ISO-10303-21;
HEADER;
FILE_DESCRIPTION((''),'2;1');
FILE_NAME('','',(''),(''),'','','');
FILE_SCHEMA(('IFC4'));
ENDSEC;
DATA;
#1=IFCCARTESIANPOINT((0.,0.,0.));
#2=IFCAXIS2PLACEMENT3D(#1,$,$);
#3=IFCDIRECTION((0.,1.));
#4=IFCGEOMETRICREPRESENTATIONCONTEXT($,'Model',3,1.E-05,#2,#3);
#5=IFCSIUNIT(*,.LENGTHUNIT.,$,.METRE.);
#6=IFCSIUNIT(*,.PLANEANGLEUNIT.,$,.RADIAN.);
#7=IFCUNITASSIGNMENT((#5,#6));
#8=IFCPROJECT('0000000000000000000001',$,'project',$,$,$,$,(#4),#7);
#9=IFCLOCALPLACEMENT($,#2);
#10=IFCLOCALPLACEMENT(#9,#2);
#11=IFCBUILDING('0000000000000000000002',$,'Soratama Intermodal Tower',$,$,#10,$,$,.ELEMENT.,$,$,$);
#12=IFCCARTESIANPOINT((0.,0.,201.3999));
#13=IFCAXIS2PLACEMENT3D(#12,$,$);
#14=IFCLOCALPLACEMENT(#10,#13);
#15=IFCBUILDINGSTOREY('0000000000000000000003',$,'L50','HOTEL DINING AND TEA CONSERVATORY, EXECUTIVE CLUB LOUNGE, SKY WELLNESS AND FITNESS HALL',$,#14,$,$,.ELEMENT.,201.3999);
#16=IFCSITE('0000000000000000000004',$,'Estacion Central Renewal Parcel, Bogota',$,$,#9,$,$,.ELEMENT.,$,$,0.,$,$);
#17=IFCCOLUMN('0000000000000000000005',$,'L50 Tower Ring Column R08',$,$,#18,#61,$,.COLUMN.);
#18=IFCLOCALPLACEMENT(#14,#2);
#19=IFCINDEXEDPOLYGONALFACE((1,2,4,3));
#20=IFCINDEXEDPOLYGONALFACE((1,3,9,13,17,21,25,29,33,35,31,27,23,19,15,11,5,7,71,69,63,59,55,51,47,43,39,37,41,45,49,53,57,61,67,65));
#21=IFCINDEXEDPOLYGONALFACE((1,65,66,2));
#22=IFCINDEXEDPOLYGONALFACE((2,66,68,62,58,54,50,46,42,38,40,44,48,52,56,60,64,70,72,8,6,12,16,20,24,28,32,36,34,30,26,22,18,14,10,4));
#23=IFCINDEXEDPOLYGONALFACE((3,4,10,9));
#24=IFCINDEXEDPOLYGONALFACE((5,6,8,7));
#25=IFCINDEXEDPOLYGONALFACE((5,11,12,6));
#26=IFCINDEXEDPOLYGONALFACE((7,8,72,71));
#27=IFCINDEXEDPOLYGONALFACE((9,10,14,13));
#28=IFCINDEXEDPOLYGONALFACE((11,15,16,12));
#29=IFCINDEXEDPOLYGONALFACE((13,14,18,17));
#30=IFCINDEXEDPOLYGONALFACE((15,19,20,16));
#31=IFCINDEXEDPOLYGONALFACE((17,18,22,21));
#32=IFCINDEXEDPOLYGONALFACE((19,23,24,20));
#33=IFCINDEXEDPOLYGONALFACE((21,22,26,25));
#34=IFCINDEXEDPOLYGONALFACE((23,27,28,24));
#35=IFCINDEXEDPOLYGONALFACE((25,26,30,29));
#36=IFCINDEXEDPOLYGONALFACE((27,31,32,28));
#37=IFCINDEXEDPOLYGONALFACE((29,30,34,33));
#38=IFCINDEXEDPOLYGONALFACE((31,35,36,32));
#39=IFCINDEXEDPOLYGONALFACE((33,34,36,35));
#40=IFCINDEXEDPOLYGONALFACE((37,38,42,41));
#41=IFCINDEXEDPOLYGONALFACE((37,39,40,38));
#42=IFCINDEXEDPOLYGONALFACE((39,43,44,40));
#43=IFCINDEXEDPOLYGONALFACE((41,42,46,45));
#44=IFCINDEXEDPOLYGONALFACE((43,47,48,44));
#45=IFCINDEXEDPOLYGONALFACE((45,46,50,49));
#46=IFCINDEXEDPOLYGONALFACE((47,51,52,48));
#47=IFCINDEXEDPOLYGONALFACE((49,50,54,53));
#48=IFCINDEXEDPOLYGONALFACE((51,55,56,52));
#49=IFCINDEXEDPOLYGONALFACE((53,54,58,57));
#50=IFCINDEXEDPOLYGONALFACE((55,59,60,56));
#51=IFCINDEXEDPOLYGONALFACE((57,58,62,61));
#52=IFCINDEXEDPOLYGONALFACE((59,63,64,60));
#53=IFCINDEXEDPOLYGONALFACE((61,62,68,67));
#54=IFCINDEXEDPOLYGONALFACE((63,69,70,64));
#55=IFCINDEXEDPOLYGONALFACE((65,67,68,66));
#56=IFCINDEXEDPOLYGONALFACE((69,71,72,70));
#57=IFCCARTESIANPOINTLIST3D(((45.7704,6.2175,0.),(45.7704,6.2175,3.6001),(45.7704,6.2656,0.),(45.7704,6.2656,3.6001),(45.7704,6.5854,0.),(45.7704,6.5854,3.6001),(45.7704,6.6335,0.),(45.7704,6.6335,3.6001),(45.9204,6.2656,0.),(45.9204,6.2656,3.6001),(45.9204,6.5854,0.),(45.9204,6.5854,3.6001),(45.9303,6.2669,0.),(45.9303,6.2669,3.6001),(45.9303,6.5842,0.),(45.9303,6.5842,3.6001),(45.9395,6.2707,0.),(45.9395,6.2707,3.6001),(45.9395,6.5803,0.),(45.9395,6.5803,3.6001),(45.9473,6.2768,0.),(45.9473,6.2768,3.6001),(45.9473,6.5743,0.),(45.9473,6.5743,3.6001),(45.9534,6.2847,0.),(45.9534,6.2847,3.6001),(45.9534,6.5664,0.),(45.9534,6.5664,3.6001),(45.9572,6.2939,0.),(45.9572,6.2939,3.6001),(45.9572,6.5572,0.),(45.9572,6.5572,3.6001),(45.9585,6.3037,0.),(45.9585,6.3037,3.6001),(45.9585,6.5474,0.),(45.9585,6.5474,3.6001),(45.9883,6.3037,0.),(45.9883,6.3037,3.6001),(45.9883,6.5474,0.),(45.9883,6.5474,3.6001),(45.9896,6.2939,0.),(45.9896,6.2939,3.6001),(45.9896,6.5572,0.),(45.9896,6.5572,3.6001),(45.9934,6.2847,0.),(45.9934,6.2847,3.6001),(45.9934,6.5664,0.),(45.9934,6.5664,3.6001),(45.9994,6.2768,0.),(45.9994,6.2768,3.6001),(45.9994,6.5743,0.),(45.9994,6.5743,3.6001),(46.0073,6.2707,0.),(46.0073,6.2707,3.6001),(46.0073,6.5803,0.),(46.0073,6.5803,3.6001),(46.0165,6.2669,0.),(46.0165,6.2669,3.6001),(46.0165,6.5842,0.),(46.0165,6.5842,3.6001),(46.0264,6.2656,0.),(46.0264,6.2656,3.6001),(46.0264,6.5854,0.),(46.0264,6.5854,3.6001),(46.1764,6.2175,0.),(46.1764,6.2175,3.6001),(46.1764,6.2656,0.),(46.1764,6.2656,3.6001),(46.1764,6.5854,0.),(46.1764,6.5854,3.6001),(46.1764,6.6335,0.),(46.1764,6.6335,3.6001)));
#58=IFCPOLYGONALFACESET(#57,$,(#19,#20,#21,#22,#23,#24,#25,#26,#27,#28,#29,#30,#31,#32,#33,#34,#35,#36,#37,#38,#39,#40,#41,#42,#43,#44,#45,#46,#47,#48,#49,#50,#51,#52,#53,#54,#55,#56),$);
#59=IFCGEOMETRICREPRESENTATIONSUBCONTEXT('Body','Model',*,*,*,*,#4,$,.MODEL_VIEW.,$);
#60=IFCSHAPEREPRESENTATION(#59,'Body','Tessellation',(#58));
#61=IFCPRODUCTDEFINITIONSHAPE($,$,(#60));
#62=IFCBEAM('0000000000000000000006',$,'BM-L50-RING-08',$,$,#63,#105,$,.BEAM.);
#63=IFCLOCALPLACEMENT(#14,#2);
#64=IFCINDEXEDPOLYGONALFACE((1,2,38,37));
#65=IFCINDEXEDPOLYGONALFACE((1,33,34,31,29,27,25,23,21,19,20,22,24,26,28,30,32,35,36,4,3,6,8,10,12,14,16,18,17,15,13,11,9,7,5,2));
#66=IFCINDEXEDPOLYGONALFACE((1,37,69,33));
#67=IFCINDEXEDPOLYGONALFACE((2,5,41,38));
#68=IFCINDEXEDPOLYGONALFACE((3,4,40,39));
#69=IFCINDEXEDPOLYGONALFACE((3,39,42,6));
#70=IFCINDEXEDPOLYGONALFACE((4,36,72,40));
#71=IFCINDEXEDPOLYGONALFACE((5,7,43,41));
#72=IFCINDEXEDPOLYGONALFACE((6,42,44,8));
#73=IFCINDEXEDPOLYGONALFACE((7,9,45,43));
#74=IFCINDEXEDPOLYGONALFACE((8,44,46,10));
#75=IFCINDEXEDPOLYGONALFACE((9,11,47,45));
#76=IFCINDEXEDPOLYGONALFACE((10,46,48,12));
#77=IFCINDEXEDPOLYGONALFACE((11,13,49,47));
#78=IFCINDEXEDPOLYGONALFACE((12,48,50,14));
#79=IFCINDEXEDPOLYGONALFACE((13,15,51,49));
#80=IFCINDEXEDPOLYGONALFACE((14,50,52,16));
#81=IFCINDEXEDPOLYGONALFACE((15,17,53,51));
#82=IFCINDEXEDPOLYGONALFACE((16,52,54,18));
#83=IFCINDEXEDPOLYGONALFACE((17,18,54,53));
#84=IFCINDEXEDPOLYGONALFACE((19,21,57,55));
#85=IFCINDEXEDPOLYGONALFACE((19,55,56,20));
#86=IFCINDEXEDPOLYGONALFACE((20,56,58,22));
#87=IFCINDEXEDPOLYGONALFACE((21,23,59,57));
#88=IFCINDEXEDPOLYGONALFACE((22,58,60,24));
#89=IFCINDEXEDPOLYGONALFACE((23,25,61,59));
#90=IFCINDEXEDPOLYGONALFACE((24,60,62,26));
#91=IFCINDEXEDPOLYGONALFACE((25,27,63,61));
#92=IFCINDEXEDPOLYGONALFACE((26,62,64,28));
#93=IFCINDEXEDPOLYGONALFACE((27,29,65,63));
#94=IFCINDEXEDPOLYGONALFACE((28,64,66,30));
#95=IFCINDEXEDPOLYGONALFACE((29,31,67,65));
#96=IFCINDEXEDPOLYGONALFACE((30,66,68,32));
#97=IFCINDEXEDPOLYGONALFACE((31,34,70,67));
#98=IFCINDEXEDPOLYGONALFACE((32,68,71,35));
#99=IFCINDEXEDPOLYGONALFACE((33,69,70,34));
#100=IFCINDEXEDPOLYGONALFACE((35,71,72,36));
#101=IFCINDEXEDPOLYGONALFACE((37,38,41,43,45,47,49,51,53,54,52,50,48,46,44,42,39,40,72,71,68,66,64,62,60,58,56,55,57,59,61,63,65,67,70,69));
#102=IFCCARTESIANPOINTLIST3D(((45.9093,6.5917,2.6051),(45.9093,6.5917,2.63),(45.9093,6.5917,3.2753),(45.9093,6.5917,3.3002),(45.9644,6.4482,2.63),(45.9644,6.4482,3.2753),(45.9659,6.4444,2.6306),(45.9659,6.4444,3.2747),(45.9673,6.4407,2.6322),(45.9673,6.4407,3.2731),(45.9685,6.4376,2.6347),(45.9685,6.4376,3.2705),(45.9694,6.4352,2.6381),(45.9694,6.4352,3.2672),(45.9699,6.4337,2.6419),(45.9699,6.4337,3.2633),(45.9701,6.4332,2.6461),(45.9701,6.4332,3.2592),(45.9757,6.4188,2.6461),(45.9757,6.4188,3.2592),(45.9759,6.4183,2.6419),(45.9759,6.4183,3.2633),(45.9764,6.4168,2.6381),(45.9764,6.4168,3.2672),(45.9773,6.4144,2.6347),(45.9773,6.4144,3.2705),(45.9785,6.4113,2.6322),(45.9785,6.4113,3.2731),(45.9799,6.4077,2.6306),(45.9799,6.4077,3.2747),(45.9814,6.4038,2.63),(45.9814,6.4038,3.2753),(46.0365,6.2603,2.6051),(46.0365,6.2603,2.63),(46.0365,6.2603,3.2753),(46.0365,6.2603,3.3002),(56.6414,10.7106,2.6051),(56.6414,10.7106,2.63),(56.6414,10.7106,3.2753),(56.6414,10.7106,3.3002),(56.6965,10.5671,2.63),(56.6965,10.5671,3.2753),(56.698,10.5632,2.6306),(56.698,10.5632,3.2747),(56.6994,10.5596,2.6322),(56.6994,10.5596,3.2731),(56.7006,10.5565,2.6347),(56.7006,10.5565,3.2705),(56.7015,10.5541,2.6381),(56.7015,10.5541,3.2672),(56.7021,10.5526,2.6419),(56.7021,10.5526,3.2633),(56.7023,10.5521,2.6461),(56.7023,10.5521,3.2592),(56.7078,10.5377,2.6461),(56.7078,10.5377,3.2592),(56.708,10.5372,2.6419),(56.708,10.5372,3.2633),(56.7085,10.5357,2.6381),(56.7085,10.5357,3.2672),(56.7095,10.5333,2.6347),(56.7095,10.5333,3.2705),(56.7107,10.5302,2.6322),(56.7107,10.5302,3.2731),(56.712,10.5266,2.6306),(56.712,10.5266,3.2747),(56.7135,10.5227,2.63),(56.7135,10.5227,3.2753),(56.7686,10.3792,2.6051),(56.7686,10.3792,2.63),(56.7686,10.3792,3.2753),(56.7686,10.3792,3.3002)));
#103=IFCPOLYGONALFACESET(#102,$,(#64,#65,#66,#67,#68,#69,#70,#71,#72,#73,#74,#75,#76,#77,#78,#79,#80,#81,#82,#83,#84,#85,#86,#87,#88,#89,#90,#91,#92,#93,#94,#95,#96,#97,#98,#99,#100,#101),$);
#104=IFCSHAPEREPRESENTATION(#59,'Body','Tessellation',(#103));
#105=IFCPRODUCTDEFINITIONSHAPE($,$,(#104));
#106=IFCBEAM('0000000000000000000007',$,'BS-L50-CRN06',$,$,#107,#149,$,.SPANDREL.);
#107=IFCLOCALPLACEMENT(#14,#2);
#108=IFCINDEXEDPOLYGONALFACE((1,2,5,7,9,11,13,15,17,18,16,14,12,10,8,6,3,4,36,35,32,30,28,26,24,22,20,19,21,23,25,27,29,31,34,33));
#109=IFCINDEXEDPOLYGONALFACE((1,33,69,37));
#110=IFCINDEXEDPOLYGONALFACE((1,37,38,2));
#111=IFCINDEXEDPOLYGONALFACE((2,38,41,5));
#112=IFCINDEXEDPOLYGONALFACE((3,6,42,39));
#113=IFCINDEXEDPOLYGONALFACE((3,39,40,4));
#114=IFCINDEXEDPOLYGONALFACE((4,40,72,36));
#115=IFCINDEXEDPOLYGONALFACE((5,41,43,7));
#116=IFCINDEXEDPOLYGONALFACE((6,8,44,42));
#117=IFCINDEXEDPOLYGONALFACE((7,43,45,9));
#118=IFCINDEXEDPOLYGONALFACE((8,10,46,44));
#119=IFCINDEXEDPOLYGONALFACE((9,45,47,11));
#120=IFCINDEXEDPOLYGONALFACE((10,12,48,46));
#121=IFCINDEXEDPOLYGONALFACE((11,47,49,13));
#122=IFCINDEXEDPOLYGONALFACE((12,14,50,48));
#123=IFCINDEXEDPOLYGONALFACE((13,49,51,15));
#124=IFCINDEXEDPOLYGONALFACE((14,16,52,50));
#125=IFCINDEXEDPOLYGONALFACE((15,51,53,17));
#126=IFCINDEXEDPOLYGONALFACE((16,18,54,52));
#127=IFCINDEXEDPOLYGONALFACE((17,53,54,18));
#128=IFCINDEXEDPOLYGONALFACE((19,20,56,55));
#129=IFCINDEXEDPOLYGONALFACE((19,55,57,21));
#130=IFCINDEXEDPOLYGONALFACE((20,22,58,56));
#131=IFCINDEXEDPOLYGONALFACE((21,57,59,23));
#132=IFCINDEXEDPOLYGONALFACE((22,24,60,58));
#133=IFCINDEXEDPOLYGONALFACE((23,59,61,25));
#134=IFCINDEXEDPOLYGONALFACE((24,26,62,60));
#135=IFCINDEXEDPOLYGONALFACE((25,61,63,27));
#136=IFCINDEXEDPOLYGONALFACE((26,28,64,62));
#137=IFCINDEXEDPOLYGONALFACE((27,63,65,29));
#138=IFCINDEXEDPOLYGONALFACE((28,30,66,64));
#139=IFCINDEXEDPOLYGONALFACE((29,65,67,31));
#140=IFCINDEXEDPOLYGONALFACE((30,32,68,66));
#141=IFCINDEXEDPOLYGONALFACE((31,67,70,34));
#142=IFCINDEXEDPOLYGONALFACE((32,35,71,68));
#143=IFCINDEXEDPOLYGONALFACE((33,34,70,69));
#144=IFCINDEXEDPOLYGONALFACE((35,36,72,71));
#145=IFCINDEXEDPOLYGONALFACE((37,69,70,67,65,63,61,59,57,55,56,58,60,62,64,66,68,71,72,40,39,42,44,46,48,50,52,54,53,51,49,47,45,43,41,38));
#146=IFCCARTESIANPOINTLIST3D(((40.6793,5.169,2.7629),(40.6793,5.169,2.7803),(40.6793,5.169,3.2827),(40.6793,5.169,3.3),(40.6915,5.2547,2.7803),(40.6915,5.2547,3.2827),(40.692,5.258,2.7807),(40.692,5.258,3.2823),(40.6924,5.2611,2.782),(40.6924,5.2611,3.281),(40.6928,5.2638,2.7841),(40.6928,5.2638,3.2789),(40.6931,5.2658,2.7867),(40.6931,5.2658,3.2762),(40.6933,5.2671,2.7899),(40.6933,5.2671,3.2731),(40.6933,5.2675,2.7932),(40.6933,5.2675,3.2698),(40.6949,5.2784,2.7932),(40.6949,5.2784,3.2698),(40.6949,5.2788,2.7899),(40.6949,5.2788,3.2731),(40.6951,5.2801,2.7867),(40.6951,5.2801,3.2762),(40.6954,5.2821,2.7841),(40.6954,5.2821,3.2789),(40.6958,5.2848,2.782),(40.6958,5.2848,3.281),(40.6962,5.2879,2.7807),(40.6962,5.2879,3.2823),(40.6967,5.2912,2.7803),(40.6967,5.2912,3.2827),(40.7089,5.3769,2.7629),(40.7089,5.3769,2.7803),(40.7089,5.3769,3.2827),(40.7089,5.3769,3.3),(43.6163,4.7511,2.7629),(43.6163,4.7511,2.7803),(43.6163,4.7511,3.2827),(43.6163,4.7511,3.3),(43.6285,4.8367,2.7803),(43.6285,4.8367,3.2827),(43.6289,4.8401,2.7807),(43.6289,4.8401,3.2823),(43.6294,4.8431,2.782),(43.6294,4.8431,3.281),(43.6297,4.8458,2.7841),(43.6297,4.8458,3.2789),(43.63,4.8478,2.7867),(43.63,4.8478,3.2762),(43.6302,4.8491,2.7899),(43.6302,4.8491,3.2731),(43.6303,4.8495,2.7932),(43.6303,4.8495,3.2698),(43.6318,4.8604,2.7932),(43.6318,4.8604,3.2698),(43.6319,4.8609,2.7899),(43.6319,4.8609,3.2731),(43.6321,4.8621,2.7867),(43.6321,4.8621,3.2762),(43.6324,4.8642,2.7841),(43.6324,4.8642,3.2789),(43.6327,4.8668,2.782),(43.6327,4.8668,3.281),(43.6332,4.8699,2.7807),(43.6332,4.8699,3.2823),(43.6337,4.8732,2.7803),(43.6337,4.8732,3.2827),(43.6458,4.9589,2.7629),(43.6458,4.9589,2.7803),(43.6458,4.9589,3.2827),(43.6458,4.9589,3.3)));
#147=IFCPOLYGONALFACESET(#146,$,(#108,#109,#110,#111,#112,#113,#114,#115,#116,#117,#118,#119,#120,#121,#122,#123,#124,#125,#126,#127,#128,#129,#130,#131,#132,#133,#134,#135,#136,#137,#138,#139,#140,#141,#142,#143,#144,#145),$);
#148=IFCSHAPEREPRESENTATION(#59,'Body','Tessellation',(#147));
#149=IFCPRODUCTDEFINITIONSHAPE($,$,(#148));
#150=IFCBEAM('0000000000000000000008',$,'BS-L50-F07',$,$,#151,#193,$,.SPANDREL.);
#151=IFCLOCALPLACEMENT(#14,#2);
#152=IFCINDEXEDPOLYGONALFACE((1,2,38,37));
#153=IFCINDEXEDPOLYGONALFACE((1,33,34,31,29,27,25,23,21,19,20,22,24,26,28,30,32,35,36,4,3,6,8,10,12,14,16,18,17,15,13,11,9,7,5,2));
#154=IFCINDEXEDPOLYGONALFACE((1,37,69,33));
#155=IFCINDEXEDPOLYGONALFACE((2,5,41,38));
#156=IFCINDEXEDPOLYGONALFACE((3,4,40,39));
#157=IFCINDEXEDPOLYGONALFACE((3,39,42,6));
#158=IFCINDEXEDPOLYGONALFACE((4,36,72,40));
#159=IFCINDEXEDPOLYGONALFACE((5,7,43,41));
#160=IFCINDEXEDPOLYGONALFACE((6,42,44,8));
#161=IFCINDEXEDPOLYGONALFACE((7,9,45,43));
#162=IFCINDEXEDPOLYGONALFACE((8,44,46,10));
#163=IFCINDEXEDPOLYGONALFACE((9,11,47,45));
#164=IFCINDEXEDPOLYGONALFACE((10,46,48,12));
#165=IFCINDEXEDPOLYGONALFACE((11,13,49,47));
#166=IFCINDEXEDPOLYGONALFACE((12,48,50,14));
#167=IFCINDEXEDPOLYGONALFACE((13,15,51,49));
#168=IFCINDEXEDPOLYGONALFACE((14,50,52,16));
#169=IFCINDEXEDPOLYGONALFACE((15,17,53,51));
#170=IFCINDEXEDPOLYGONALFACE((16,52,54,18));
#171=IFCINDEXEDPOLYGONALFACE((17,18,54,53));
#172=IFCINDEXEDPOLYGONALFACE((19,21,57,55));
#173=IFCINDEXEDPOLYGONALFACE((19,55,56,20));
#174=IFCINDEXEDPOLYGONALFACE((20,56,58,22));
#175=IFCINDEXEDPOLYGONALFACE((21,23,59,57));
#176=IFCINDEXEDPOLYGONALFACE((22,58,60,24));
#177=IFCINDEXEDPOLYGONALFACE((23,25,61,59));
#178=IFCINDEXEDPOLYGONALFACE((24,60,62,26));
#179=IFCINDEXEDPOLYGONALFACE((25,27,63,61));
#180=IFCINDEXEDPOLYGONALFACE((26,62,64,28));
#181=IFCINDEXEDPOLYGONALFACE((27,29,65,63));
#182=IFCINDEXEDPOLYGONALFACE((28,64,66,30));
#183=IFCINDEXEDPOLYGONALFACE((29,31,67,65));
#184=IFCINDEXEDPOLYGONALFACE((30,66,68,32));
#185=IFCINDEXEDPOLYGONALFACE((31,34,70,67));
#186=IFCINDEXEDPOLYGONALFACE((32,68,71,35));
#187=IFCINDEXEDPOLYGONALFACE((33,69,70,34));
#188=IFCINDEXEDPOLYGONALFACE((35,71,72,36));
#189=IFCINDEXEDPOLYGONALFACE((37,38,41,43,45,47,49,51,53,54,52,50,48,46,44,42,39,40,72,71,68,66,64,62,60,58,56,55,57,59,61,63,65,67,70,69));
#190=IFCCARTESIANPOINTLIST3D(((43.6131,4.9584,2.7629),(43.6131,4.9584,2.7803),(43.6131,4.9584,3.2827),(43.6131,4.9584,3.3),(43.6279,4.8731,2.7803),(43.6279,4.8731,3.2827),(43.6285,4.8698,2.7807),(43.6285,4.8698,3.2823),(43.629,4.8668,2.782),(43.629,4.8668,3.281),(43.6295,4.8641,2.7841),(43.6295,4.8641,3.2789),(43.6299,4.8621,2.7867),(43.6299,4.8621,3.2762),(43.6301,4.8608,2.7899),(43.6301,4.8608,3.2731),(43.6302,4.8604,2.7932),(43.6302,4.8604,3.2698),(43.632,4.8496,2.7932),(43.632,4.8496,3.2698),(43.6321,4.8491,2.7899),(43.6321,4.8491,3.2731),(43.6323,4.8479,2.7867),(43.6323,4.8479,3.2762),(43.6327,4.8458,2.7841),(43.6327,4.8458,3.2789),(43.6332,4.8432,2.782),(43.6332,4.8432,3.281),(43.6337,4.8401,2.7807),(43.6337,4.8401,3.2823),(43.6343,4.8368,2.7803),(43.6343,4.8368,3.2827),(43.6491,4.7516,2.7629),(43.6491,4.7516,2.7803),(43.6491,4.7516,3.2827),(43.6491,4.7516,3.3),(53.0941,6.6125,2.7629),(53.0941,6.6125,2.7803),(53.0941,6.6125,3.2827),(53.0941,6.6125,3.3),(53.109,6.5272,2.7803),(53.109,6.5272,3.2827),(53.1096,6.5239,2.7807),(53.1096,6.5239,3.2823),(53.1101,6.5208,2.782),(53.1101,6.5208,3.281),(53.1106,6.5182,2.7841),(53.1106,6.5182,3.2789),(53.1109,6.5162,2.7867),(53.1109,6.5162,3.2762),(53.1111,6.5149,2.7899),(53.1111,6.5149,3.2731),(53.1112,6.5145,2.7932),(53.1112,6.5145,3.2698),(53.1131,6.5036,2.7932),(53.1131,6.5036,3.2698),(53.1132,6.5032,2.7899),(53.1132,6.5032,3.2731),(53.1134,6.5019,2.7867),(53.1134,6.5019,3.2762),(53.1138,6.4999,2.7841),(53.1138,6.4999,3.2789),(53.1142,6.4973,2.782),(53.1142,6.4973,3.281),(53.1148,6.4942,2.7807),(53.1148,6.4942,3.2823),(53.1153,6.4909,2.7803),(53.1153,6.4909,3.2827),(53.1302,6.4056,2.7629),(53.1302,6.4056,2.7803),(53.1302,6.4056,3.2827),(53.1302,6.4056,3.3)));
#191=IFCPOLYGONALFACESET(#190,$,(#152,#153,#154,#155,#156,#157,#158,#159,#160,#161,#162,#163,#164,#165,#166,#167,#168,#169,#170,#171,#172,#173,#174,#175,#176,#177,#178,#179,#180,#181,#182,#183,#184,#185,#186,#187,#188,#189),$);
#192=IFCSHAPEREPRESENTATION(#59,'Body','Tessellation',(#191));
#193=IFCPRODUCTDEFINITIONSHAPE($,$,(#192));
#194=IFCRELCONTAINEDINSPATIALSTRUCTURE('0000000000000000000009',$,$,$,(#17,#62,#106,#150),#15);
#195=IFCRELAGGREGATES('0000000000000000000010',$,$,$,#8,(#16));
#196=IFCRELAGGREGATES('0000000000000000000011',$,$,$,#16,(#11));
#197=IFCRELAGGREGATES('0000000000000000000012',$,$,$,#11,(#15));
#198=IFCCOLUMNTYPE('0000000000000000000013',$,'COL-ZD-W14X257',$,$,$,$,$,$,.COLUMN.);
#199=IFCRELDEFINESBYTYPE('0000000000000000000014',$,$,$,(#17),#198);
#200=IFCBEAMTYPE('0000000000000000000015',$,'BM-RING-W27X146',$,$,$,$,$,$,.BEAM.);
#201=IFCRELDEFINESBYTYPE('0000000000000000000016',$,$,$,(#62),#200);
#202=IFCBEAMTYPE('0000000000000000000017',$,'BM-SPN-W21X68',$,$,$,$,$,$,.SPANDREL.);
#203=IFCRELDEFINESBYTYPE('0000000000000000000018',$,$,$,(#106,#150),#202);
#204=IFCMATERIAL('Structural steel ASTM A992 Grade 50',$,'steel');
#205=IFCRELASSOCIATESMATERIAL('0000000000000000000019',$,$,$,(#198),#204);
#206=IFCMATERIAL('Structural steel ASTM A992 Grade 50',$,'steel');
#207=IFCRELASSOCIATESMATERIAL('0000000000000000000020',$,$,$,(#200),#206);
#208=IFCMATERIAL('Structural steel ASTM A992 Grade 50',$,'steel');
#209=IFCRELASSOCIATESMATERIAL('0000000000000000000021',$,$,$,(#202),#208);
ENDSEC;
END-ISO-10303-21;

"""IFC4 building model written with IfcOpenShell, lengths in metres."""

from ifc_helpers import new_model, si_unit, direction, frame, origin, origin_2d, place, context, subcontext, project, spatial, i_section, extrude, material, material_profile, profile_set, type_object, element, save


model = new_model("IFC4")

# Units and contexts
model_context = context("Model", 3, precision=1e-05, world=origin(), true_north=direction((0.0, 1.0)))
body_context = subcontext(model_context, "Body", "Model", "MODEL_VIEW")
ifc_project = project(units=[si_unit("LENGTHUNIT", "METRE"), si_unit("PLANEANGLEUNIT", "RADIAN")], contexts=[model_context])

# Site, building, storey
site_placement = place(None, origin())
site = spatial("IfcSite", under=ifc_project, at=site_placement, Name="Estacion Central Renewal Parcel, Bogota", CompositionType="ELEMENT", RefElevation=0.0)
building_placement = place(site_placement, origin())
building = spatial("IfcBuilding", under=site, at=building_placement, Name="Soratama Intermodal Tower", CompositionType="ELEMENT")
storey_placement = place(building_placement, frame((0.0, 0.0, 201.3999)))
storey = spatial("IfcBuildingStorey", under=building, at=storey_placement, Name="L50", Description="HOTEL DINING AND TEA CONSERVATORY, EXECUTIVE CLUB LOUNGE, SKY WELLNESS AND FITNESS HALL", CompositionType="ELEMENT", Elevation=201.3999)

# Column
ifc_material_1 = material(Name="Structural steel ASTM A992 Grade 50", Category="steel")
ifc_material_profile_1 = material_profile(ifc_material_1, i_section(OverallWidth=0.406, OverallDepth=0.416, WebThickness=0.0298, FlangeThickness=0.0481, FilletRadius=0.0381, at=origin_2d()), Name="W14X257")
ifc_profile_set_1 = profile_set([ifc_material_profile_1], Name="Structural steel ASTM A992 Grade 50")
column_type = type_object("IfcColumnType", Name="COL-ZD-W14X257", PredefinedType="COLUMN", material=ifc_profile_set_1)
column_placement = place(storey_placement, frame((45.9734, 6.4255, 0.0), z_axis=(0.0, 0.0, 1.0), x_axis=(1.0, 0.0, 0.0)))
element("IfcColumn", 1, at=column_placement, inside=storey, type_object=column_type, Name="L50 Tower Ring Column R08", PredefinedType="COLUMN", context=body_context, shape_type="SweptSolid", body=[
    extrude(i_section(OverallWidth=0.406, OverallDepth=0.416, WebThickness=0.0298, FlangeThickness=0.0481, FilletRadius=0.0381, at=origin_2d()), origin(), (0.0, 0.0, 1.0), 3.6001),
])

# Beams
ifc_material_2 = material(Name="Structural steel ASTM A992 Grade 50", Category="steel")
ifc_material_profile_2 = material_profile(ifc_material_2, i_section(OverallWidth=0.355, OverallDepth=0.6951, WebThickness=0.0154, FlangeThickness=0.0249, FilletRadius=0.0161, at=origin_2d()), Name="W27X146")
ifc_profile_set_2 = profile_set([ifc_material_profile_2], Name="Structural steel ASTM A992 Grade 50")
beam_type_1 = type_object("IfcBeamType", Name="BM-RING-W27X146", PredefinedType="BEAM", material=ifc_profile_set_2)
beam_1_placement = place(storey_placement, frame((45.9729, 6.426, 2.9526), z_axis=(0.933604, 0.358307, 0.0), x_axis=(-0.358307, 0.933604, 0.0)))
element("IfcBeam", 2, at=beam_1_placement, inside=storey, type_object=beam_type_1, Name="BM-L50-RING-08", PredefinedType="BEAM", context=body_context, shape_type="SweptSolid", body=[
    extrude(i_section(OverallWidth=0.355, OverallDepth=0.6951, WebThickness=0.0154, FlangeThickness=0.0249, FilletRadius=0.0161, at=origin_2d()), origin(), (0.0, 0.0, 1.0), 11.4954),
])
ifc_material_3 = material(Name="Structural steel ASTM A992 Grade 50", Category="steel")
ifc_material_profile_3 = material_profile(ifc_material_3, i_section(OverallWidth=0.21, OverallDepth=0.5371, WebThickness=0.011, FlangeThickness=0.0173, FilletRadius=0.0129, at=origin_2d()), Name="W21X68")
ifc_profile_set_3 = profile_set([ifc_material_profile_3], Name="Structural steel ASTM A992 Grade 50")
beam_type_2 = type_object("IfcBeamType", Name="BM-SPN-W21X68", PredefinedType="SPANDREL", material=ifc_profile_set_3)
beam_2_placement = place(storey_placement, frame((40.6941, 5.2729, 3.0315), z_axis=(0.990025, -0.140891, 0.0), x_axis=(0.140891, 0.990025, 0.0)))
element("IfcBeam", 3, at=beam_2_placement, inside=storey, type_object=beam_type_2, Name="BS-L50-CRN06", PredefinedType="SPANDREL", context=body_context, shape_type="SweptSolid", body=[
    extrude(i_section(OverallWidth=0.21, OverallDepth=0.5371, WebThickness=0.011, FlangeThickness=0.0173, FilletRadius=0.0129, at=origin_2d()), origin(), (0.0, 0.0, 1.0), 2.9666),
])
beam_3_placement = place(storey_placement, frame((43.6311, 4.855, 3.0315), z_axis=(0.985121, 0.171865, 0.0), x_axis=(-0.171865, 0.985121, 0.0)))
element("IfcBeam", 4, at=beam_3_placement, inside=storey, type_object=beam_type_2, Name="BS-L50-F07", PredefinedType="SPANDREL", context=body_context, shape_type="SweptSolid", body=[
    extrude(i_section(OverallWidth=0.21, OverallDepth=0.5371, WebThickness=0.011, FlangeThickness=0.0173, FilletRadius=0.0129, at=origin_2d()), origin(), (0.0, 0.0, 1.0), 9.6243),
])

save(model, "model.ifc")
